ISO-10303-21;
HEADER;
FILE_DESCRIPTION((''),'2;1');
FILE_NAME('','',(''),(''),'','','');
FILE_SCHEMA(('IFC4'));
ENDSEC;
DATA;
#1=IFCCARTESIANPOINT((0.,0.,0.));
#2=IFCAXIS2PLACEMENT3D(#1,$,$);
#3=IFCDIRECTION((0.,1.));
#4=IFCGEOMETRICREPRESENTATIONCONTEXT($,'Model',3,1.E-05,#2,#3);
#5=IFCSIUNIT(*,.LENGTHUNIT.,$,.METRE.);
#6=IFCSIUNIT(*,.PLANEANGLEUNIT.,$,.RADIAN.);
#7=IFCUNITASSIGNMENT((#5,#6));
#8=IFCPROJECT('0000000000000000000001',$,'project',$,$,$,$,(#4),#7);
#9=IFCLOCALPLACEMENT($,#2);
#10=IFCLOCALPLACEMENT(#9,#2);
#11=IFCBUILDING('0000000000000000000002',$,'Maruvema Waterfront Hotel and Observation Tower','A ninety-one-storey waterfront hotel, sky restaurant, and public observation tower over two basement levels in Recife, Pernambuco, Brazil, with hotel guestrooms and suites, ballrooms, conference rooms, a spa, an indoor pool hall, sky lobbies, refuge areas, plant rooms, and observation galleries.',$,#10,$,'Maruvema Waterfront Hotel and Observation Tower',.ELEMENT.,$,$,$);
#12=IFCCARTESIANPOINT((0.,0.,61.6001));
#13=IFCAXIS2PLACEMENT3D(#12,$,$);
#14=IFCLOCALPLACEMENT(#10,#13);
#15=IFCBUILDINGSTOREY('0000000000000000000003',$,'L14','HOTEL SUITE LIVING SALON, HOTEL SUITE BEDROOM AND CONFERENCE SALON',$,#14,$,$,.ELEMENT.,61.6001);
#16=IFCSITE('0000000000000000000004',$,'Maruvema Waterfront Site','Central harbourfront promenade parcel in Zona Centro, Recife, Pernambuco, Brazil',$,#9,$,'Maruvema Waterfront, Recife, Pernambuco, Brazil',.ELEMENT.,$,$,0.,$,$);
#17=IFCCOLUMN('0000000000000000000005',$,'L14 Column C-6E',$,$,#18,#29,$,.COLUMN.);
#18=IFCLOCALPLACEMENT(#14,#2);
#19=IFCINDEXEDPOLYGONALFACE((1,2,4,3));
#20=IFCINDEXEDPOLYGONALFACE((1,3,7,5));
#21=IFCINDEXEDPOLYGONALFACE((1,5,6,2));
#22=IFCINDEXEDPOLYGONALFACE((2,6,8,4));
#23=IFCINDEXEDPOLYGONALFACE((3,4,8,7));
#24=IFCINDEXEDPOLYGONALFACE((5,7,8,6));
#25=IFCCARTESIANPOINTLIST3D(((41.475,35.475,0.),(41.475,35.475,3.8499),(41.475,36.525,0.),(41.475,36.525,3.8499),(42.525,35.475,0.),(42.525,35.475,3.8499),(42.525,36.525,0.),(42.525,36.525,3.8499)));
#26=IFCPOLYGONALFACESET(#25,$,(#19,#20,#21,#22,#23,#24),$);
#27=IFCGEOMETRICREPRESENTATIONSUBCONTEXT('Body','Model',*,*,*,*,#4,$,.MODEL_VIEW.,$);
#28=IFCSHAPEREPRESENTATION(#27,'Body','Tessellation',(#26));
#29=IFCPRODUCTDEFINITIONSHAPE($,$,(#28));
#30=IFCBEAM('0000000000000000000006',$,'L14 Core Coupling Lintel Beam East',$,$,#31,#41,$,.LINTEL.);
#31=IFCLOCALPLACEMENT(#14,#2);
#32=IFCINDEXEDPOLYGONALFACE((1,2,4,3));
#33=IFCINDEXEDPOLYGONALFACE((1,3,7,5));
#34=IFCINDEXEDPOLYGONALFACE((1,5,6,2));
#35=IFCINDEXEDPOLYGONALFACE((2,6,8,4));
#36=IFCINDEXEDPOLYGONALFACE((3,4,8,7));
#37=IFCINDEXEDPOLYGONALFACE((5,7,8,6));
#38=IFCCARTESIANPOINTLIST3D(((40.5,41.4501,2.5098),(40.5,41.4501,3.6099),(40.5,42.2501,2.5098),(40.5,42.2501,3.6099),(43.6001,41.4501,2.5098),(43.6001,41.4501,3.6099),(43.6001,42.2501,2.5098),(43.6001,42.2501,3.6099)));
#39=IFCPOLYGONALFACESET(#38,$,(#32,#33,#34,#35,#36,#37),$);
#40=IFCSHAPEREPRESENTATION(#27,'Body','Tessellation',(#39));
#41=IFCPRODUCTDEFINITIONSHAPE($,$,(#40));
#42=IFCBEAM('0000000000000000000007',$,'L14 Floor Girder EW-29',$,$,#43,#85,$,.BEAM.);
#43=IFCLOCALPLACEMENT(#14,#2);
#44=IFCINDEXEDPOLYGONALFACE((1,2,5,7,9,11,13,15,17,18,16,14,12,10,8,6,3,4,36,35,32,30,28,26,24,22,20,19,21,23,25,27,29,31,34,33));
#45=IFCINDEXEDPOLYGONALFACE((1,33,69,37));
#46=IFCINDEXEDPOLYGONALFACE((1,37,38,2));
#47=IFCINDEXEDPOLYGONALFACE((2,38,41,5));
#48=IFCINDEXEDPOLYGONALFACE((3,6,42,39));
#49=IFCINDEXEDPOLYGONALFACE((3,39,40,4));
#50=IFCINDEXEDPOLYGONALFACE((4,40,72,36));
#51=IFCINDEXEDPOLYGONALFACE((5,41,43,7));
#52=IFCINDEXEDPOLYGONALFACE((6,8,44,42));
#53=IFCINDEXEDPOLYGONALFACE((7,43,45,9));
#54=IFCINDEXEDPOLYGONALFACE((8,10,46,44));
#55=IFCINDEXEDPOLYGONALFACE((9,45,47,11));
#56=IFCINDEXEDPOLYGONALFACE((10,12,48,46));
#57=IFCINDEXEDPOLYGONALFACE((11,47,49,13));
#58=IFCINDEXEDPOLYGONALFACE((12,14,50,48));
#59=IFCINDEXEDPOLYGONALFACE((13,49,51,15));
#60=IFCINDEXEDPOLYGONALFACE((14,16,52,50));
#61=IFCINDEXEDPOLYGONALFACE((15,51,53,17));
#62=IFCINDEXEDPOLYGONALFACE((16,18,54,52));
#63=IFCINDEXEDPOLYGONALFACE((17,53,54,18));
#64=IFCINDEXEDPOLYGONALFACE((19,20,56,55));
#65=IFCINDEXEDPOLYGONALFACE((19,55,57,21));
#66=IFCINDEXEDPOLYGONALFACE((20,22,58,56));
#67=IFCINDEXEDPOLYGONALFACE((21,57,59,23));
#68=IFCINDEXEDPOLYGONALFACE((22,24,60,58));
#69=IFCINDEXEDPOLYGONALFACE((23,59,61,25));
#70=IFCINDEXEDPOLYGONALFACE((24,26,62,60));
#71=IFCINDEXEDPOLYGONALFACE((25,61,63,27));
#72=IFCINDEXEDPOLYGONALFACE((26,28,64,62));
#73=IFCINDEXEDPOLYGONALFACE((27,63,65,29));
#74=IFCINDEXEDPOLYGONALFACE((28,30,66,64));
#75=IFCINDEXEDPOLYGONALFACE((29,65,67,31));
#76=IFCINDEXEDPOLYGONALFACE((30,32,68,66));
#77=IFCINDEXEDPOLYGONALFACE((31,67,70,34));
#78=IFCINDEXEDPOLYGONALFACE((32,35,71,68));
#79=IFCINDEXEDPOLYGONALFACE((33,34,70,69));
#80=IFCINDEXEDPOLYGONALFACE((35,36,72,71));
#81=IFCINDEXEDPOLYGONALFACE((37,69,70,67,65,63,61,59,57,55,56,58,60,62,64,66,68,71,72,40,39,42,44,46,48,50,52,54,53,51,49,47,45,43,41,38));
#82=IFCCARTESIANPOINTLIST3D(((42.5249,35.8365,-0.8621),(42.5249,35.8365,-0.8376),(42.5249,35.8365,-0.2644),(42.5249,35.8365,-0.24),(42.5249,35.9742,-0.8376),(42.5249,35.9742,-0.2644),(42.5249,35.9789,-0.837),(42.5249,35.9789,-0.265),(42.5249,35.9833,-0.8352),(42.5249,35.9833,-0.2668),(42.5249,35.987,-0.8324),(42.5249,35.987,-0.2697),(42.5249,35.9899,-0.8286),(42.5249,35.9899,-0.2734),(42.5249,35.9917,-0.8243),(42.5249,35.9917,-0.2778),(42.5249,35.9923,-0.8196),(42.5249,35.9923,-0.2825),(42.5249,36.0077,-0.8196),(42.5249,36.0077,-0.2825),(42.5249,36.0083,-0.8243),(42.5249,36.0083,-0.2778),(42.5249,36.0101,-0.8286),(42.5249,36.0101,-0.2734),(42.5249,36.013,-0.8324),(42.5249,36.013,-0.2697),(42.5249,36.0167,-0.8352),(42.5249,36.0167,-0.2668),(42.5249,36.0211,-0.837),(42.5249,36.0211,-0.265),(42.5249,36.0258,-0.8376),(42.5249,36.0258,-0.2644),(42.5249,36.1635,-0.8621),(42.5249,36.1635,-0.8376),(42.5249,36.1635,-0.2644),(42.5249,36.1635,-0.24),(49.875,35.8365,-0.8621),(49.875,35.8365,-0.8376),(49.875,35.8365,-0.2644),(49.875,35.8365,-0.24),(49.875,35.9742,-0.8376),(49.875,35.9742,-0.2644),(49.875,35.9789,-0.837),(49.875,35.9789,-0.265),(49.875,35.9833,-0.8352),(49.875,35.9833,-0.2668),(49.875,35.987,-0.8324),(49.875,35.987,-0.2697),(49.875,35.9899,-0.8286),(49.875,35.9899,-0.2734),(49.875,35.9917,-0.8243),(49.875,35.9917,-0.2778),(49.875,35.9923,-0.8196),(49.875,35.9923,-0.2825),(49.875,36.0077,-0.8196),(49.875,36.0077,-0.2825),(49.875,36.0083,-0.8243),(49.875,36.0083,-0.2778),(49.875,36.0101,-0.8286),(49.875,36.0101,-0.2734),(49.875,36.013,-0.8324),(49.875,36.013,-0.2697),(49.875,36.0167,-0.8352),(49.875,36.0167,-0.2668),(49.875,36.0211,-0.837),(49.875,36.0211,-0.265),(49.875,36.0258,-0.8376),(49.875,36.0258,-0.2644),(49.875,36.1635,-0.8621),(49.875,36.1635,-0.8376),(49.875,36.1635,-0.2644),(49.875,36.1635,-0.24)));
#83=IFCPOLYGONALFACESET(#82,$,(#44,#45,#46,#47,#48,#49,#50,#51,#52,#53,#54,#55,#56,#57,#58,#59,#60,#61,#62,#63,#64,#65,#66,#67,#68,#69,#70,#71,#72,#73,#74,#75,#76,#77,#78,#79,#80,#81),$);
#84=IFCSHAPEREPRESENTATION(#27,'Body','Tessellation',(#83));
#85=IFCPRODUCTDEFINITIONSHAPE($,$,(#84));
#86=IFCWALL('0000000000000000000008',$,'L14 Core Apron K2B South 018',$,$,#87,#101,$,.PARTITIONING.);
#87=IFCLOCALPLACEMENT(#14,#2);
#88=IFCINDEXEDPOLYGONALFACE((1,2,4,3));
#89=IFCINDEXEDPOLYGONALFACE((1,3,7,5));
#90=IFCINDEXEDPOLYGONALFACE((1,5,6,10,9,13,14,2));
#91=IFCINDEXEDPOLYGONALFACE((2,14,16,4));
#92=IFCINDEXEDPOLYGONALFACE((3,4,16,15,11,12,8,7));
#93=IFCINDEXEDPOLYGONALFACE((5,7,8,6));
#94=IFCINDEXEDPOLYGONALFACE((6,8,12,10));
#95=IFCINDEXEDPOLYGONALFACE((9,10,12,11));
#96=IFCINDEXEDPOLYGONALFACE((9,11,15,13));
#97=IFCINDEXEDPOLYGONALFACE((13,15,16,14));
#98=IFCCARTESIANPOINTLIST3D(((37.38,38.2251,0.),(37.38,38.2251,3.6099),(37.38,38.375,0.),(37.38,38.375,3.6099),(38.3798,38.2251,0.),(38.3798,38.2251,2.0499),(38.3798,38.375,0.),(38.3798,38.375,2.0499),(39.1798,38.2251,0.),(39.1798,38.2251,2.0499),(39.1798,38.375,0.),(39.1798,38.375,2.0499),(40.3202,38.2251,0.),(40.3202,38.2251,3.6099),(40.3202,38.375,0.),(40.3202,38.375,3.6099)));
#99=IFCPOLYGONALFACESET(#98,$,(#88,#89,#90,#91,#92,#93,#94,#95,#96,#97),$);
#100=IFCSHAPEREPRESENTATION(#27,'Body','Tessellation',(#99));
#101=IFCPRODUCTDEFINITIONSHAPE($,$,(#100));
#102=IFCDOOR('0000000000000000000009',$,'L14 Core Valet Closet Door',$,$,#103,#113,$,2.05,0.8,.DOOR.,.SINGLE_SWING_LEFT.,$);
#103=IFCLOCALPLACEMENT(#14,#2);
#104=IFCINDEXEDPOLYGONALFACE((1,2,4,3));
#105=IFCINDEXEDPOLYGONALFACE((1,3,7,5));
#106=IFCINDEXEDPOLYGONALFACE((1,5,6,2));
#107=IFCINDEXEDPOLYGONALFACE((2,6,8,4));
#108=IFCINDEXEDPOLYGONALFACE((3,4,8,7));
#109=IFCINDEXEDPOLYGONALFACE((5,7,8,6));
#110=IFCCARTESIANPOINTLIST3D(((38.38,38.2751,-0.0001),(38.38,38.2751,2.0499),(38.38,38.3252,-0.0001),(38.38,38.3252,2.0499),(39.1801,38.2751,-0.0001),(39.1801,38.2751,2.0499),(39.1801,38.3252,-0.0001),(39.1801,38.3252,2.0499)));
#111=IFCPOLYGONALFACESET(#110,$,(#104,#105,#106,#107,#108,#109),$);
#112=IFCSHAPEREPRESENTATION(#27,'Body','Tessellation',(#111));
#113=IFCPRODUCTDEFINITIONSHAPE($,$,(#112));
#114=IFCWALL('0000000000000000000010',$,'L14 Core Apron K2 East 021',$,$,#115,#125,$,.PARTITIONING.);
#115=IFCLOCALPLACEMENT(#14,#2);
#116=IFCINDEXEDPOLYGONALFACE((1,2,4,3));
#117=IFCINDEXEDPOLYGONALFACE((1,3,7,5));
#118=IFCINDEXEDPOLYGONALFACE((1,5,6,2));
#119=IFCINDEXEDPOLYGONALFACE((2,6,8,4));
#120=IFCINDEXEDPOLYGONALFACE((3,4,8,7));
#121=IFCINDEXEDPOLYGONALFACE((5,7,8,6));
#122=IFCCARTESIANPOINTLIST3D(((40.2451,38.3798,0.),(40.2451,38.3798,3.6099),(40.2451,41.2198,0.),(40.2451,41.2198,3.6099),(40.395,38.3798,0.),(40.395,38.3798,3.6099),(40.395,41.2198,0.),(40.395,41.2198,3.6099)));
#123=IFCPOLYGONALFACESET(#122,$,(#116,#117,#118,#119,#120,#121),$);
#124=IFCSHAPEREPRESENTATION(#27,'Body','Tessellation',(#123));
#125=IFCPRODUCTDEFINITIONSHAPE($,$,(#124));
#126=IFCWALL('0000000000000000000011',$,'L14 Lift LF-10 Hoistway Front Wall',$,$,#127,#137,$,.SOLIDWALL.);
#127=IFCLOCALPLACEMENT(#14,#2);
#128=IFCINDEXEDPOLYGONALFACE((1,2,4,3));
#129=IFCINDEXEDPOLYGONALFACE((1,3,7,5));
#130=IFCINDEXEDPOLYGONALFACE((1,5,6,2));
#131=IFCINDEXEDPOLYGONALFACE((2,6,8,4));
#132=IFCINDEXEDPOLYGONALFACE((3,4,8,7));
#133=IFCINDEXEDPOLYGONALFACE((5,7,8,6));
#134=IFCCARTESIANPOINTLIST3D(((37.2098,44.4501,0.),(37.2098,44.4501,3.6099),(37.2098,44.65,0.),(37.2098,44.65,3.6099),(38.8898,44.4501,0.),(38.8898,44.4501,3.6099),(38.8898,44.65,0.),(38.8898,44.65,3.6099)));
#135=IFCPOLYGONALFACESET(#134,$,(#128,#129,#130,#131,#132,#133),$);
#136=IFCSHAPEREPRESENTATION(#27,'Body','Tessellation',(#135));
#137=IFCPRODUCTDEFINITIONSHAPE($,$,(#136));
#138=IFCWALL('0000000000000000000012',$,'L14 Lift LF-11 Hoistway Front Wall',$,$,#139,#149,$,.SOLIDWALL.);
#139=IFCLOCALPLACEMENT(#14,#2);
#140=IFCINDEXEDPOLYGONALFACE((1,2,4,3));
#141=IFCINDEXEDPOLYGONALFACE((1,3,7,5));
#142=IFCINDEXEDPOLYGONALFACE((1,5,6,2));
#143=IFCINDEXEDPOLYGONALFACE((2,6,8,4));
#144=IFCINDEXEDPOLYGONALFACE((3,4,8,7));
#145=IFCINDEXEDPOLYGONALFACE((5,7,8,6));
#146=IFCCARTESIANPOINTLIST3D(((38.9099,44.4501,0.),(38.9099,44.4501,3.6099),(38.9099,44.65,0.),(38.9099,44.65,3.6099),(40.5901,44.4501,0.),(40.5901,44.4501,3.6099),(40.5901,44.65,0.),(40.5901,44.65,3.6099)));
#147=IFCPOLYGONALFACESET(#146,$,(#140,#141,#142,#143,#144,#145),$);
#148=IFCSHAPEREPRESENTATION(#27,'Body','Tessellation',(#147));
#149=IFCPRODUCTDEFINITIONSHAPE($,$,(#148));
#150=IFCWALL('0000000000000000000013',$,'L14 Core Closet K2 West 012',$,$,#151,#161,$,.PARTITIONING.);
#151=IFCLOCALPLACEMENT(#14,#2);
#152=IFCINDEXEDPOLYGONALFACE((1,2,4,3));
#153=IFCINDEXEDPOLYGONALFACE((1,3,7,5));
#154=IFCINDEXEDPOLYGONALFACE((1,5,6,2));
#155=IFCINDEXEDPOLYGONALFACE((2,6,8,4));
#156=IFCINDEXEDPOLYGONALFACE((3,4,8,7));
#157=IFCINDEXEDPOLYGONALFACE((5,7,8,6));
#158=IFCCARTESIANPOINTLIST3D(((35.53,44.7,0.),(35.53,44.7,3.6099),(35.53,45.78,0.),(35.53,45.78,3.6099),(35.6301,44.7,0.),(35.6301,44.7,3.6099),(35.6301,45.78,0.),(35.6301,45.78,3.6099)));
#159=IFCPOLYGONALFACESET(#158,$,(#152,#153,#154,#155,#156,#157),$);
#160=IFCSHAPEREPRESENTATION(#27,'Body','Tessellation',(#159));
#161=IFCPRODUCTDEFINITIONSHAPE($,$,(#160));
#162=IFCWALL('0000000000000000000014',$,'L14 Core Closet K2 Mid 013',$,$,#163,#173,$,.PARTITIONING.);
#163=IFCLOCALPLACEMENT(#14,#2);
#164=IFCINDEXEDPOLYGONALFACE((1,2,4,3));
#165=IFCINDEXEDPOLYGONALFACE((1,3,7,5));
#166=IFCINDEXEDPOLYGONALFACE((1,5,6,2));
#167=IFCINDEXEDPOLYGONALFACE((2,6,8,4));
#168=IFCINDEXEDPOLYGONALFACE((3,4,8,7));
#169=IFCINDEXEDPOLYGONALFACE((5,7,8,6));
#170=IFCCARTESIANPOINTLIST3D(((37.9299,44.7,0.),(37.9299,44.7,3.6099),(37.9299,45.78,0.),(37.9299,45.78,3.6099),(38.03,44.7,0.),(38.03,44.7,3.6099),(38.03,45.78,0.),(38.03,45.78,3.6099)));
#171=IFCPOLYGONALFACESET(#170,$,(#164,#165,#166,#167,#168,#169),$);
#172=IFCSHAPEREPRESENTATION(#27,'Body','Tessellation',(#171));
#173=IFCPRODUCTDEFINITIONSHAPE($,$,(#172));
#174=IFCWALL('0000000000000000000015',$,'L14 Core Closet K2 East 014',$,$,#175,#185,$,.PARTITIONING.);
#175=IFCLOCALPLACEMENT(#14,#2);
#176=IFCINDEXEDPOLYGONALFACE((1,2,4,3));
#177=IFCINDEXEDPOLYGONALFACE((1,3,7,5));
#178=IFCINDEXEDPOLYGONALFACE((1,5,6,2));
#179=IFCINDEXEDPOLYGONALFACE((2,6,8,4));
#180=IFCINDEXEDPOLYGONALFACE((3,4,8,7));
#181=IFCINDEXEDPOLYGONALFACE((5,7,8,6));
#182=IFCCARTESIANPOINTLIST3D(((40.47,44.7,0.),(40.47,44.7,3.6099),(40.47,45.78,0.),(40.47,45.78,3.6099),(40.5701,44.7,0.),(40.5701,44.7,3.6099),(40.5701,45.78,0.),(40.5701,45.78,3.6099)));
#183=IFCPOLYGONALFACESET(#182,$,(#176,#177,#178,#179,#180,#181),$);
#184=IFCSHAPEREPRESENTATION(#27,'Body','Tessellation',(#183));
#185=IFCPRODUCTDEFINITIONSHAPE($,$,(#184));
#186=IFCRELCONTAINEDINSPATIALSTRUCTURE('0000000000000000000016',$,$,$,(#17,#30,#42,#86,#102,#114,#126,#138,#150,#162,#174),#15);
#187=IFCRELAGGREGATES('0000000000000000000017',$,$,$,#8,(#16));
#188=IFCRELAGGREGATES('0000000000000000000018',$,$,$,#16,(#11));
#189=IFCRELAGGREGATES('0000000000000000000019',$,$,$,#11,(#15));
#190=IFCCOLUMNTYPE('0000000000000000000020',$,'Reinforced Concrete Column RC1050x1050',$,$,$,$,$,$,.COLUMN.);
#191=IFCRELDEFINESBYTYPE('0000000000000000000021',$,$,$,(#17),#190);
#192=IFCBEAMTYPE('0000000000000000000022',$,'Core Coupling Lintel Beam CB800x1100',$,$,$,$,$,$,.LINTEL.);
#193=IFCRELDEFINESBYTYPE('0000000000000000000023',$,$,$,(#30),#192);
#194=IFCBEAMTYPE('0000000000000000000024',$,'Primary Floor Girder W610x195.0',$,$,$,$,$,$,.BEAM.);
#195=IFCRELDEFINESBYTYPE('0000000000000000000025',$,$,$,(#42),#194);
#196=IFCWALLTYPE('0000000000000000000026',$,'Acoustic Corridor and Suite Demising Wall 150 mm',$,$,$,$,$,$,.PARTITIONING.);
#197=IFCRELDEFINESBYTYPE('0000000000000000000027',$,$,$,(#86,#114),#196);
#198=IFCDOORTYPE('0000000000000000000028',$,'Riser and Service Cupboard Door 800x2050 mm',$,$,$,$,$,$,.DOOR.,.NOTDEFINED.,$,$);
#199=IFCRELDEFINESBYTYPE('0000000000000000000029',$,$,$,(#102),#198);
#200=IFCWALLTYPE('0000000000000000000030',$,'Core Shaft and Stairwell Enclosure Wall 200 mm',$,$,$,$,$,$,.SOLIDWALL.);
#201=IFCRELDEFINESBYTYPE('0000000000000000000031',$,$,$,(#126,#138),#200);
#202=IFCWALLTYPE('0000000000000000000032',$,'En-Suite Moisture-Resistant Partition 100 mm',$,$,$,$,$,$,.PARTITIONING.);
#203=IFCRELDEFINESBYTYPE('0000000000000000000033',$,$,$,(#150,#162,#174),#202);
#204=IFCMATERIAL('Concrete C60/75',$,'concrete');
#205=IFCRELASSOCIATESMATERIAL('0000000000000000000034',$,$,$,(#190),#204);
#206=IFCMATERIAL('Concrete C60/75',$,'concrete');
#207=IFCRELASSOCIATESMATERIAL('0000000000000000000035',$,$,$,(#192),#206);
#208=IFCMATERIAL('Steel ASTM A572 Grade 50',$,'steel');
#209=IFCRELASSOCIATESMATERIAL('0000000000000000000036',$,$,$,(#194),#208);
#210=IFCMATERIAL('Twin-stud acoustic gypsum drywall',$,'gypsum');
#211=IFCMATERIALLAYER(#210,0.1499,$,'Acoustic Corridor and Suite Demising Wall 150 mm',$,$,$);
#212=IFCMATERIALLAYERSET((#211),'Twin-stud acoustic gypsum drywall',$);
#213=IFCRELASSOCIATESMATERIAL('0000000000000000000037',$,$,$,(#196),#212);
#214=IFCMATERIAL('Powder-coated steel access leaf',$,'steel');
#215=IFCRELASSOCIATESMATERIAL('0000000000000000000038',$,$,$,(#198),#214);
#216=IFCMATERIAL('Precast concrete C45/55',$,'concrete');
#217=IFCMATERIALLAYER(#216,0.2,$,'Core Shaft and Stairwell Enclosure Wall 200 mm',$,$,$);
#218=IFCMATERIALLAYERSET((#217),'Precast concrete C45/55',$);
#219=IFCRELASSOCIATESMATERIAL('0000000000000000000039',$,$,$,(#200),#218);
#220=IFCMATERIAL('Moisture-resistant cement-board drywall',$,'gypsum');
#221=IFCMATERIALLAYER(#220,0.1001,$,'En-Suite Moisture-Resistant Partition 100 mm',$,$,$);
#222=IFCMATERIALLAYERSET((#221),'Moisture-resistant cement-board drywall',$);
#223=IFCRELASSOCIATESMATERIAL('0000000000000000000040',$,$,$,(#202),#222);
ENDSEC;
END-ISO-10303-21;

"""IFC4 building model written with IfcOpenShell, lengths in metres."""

from ifc_helpers import new_model, si_unit, direction, frame, frame_2d, origin, origin_2d, place, context, subcontext, project, spatial, rectangle, i_section, extrude, material, layer, layer_set, material_profile, profile_set, type_object, element, fill, save


model = new_model("IFC4")

# Units and contexts
model_context = context("Model", 3, precision=1e-05, world=origin(), true_north=direction((0.0, 1.0)))
body_context = subcontext(model_context, "Body", "Model", "MODEL_VIEW")
ifc_project = project(units=[si_unit("LENGTHUNIT", "METRE"), si_unit("PLANEANGLEUNIT", "RADIAN")], contexts=[model_context])

# Site, building, storey
site_placement = place(None, origin())
site = spatial("IfcSite", under=ifc_project, at=site_placement, Name="Maruvema Waterfront Site", Description="Central harbourfront promenade parcel in Zona Centro, Recife, Pernambuco, Brazil", LongName="Maruvema Waterfront, Recife, Pernambuco, Brazil", CompositionType="ELEMENT", RefElevation=0.0)
building_placement = place(site_placement, origin())
building = spatial("IfcBuilding", under=site, at=building_placement, Name="Maruvema Waterfront Hotel and Observation Tower", Description="A ninety-one-storey waterfront hotel, sky restaurant, and public observation tower over two basement levels in Recife, Pernambuco, Brazil, with hotel guestrooms and suites, ballrooms, conference rooms, a spa, an indoor pool hall, sky lobbies, refuge areas, plant rooms, and observation galleries.", LongName="Maruvema Waterfront Hotel and Observation Tower", CompositionType="ELEMENT")
storey_placement = place(building_placement, frame((0.0, 0.0, 61.6001)))
storey = spatial("IfcBuildingStorey", under=building, at=storey_placement, Name="L14", Description="HOTEL SUITE LIVING SALON, HOTEL SUITE BEDROOM AND CONFERENCE SALON", CompositionType="ELEMENT", Elevation=61.6001)

# Column
ifc_material_1 = material(Name="Concrete C60/75", Category="concrete")
ifc_material_profile_1 = material_profile(ifc_material_1, rectangle(XDim=1.05, YDim=1.05, at=origin_2d()), Name="RC1050x1050")
ifc_profile_set_1 = profile_set([ifc_material_profile_1], Name="Concrete C60/75")
column_type = type_object("IfcColumnType", Name="Reinforced Concrete Column RC1050x1050", PredefinedType="COLUMN", material=ifc_profile_set_1)
column_placement = place(storey_placement, frame((42.0, 36.0, 0.0), z_axis=(0.0, 0.0, 1.0), x_axis=(1.0, 0.0, 0.0)))
element("IfcColumn", 1, at=column_placement, inside=storey, type_object=column_type, Name="L14 Column C-6E", PredefinedType="COLUMN", context=body_context, shape_type="SweptSolid", body=[
    extrude(rectangle(XDim=1.05, YDim=1.05, at=origin_2d()), origin(), (0.0, 0.0, 1.0), 3.8499),
])

# Beams
ifc_material_2 = material(Name="Concrete C60/75", Category="concrete")
ifc_material_profile_2 = material_profile(ifc_material_2, rectangle(XDim=0.8, YDim=1.1001, at=origin_2d()), Name="CB800x1100")
ifc_profile_set_2 = profile_set([ifc_material_profile_2], Name="Concrete C60/75")
beam_type_1 = type_object("IfcBeamType", Name="Core Coupling Lintel Beam CB800x1100", PredefinedType="LINTEL", material=ifc_profile_set_2)
beam_1_placement = place(storey_placement, frame((40.5, 41.8501, 3.0598), z_axis=(1.0, 0.0, 0.0), x_axis=(0.0, 1.0, 0.0)))
element("IfcBeam", 2, at=beam_1_placement, inside=storey, type_object=beam_type_1, Name="L14 Core Coupling Lintel Beam East", PredefinedType="LINTEL", context=body_context, shape_type="SweptSolid", body=[
    extrude(rectangle(XDim=0.8, YDim=1.1001, at=origin_2d()), origin(), (0.0, 0.0, 1.0), 3.1001),
])
ifc_material_3 = material(Name="Steel ASTM A572 Grade 50", Category="steel")
ifc_material_profile_3 = material_profile(ifc_material_3, i_section(OverallWidth=0.3269, OverallDepth=0.6221, WebThickness=0.0154, FlangeThickness=0.0244, FilletRadius=0.0181, at=origin_2d()), Name="W610x195.0")
ifc_profile_set_3 = profile_set([ifc_material_profile_3], Name="Steel ASTM A572 Grade 50")
beam_type_2 = type_object("IfcBeamType", Name="Primary Floor Girder W610x195.0", PredefinedType="BEAM", material=ifc_profile_set_3)
beam_2_placement = place(storey_placement, frame((42.5249, 36.0, -0.551), z_axis=(1.0, 0.0, 0.0), x_axis=(0.0, 1.0, 0.0)))
element("IfcBeam", 3, at=beam_2_placement, inside=storey, type_object=beam_type_2, Name="L14 Floor Girder EW-29", PredefinedType="BEAM", context=body_context, shape_type="SweptSolid", body=[
    extrude(i_section(OverallWidth=0.3269, OverallDepth=0.6221, WebThickness=0.0154, FlangeThickness=0.0244, FilletRadius=0.0181, at=origin_2d()), origin(), (0.0, 0.0, 1.0), 7.3501),
])

# Wall, opening, door
ifc_material_4 = material(Name="Twin-stud acoustic gypsum drywall", Category="gypsum")
ifc_layer_1 = layer(ifc_material_4, 0.1499, Name="Acoustic Corridor and Suite Demising Wall 150 mm")
ifc_layer_set_1 = layer_set([ifc_layer_1], Name="Twin-stud acoustic gypsum drywall")
wall_type_1 = type_object("IfcWallType", Name="Acoustic Corridor and Suite Demising Wall 150 mm", PredefinedType="PARTITIONING", material=ifc_layer_set_1)
wall_1_placement = place(storey_placement, frame((37.3799, 38.3, 0.0), z_axis=(0.0, 0.0, 1.0), x_axis=(1.0, 0.0, 0.0)))
wall_1 = element("IfcWall", 4, at=wall_1_placement, inside=storey, type_object=wall_type_1, Name="L14 Core Apron K2B South 018", PredefinedType="PARTITIONING", context=body_context, shape_type="SweptSolid", body=[
    extrude(rectangle(XDim=2.9402, YDim=0.1499, at=frame_2d((1.4702, 0.0))), origin(), (0.0, 0.0, 1.0), 3.6099),
])
opening_1_placement = place(wall_1_placement, frame((1.0, 0.0, 0.0)))
opening_1 = element("IfcOpeningElement", 5, at=opening_1_placement, cuts=wall_1, PredefinedType="OPENING", context=body_context, shape_type="SweptSolid", body=[
    extrude(rectangle(XDim=0.8, YDim=2.05, at=frame_2d((0.3999, 1.0249))), frame((0.0, 0.085, 0.0), z_axis=(0.0, -1.0, 0.0), x_axis=(1.0, 0.0, 0.0)), (0.0, 0.0, 1.0), 0.1699),
])
ifc_material_5 = material(Name="Powder-coated steel access leaf", Category="steel")
door_type = type_object("IfcDoorType", Name="Riser and Service Cupboard Door 800x2050 mm", OperationType="NOTDEFINED", PredefinedType="DOOR", material=ifc_material_5)
door_1_placement = place(opening_1_placement, frame((0.8, 0.0, 0.0), z_axis=(0.0, 0.0, 1.0), x_axis=(-1.0, 0.0, 0.0)))
door_1 = element("IfcDoor", 6, at=door_1_placement, inside=storey, type_object=door_type, Name="L14 Core Valet Closet Door", OperationType="SINGLE_SWING_LEFT", OverallHeight=2.05, OverallWidth=0.8, PredefinedType="DOOR", context=body_context, shape_type="SweptSolid", body=[
    extrude(rectangle(XDim=0.8, YDim=2.05, at=frame_2d((0.3999, 1.0249))), frame((0.0, 0.0249, 0.0), z_axis=(0.0, -1.0, 0.0), x_axis=(1.0, 0.0, 0.0)), (0.0, 0.0, 1.0), 0.05),
])
fill(opening_1, door_1)

# Walls
wall_2_placement = place(storey_placement, frame((40.3201, 38.3799, 0.0), z_axis=(0.0, 0.0, 1.0), x_axis=(0.0, 1.0, 0.0)))
element("IfcWall", 7, at=wall_2_placement, inside=storey, type_object=wall_type_1, Name="L14 Core Apron K2 East 021", PredefinedType="PARTITIONING", context=body_context, shape_type="SweptSolid", body=[
    extrude(rectangle(XDim=2.8401, YDim=0.1499, at=frame_2d((1.4199, 0.0))), origin(), (0.0, 0.0, 1.0), 3.6099),
])
ifc_material_6 = material(Name="Precast concrete C45/55", Category="concrete")
ifc_layer_2 = layer(ifc_material_6, 0.2, Name="Core Shaft and Stairwell Enclosure Wall 200 mm")
ifc_layer_set_2 = layer_set([ifc_layer_2], Name="Precast concrete C45/55")
wall_type_2 = type_object("IfcWallType", Name="Core Shaft and Stairwell Enclosure Wall 200 mm", PredefinedType="SOLIDWALL", material=ifc_layer_set_2)
wall_3_placement = place(storey_placement, frame((37.21, 44.55, 0.0), z_axis=(0.0, 0.0, 1.0), x_axis=(1.0, 0.0, 0.0)))
element("IfcWall", 8, at=wall_3_placement, inside=storey, type_object=wall_type_2, Name="L14 Lift LF-10 Hoistway Front Wall", PredefinedType="SOLIDWALL", context=body_context, shape_type="SweptSolid", body=[
    extrude(rectangle(XDim=1.6799, YDim=0.2, at=frame_2d((0.8398, 0.0))), origin(), (0.0, 0.0, 1.0), 3.6099),
])
wall_4_placement = place(storey_placement, frame((38.9099, 44.55, 0.0), z_axis=(0.0, 0.0, 1.0), x_axis=(1.0, 0.0, 0.0)))
element("IfcWall", 9, at=wall_4_placement, inside=storey, type_object=wall_type_2, Name="L14 Lift LF-11 Hoistway Front Wall", PredefinedType="SOLIDWALL", context=body_context, shape_type="SweptSolid", body=[
    extrude(rectangle(XDim=1.6802, YDim=0.2, at=frame_2d((0.8401, 0.0))), origin(), (0.0, 0.0, 1.0), 3.6099),
])
ifc_material_7 = material(Name="Moisture-resistant cement-board drywall", Category="gypsum")
ifc_layer_3 = layer(ifc_material_7, 0.1001, Name="En-Suite Moisture-Resistant Partition 100 mm")
ifc_layer_set_3 = layer_set([ifc_layer_3], Name="Moisture-resistant cement-board drywall")
wall_type_3 = type_object("IfcWallType", Name="En-Suite Moisture-Resistant Partition 100 mm", PredefinedType="PARTITIONING", material=ifc_layer_set_3)
for number, where, z_axis, x_axis, name in (
    (10, (35.5801, 44.7, 0.0), (0.0, 0.0, 1.0), (0.0, 1.0, 0.0), "L14 Core Closet K2 West 012"),
    (11, (37.98, 44.7, 0.0), (0.0, 0.0, 1.0), (0.0, 1.0, 0.0), "L14 Core Closet K2 Mid 013"),
    (12, (40.52, 44.7, 0.0), (0.0, 0.0, 1.0), (0.0, 1.0, 0.0), "L14 Core Closet K2 East 014"),
):
    element("IfcWall", number, at=place(storey_placement, frame(where, z_axis=z_axis, x_axis=x_axis)), inside=storey, type_object=wall_type_3, Name=name, PredefinedType="PARTITIONING", context=body_context, shape_type="SweptSolid", body=[
        extrude(rectangle(XDim=1.0801, YDim=0.1001, at=frame_2d((0.54, 0.0))), origin(), (0.0, 0.0, 1.0), 3.6099),
    ])

save(model, "model.ifc")
